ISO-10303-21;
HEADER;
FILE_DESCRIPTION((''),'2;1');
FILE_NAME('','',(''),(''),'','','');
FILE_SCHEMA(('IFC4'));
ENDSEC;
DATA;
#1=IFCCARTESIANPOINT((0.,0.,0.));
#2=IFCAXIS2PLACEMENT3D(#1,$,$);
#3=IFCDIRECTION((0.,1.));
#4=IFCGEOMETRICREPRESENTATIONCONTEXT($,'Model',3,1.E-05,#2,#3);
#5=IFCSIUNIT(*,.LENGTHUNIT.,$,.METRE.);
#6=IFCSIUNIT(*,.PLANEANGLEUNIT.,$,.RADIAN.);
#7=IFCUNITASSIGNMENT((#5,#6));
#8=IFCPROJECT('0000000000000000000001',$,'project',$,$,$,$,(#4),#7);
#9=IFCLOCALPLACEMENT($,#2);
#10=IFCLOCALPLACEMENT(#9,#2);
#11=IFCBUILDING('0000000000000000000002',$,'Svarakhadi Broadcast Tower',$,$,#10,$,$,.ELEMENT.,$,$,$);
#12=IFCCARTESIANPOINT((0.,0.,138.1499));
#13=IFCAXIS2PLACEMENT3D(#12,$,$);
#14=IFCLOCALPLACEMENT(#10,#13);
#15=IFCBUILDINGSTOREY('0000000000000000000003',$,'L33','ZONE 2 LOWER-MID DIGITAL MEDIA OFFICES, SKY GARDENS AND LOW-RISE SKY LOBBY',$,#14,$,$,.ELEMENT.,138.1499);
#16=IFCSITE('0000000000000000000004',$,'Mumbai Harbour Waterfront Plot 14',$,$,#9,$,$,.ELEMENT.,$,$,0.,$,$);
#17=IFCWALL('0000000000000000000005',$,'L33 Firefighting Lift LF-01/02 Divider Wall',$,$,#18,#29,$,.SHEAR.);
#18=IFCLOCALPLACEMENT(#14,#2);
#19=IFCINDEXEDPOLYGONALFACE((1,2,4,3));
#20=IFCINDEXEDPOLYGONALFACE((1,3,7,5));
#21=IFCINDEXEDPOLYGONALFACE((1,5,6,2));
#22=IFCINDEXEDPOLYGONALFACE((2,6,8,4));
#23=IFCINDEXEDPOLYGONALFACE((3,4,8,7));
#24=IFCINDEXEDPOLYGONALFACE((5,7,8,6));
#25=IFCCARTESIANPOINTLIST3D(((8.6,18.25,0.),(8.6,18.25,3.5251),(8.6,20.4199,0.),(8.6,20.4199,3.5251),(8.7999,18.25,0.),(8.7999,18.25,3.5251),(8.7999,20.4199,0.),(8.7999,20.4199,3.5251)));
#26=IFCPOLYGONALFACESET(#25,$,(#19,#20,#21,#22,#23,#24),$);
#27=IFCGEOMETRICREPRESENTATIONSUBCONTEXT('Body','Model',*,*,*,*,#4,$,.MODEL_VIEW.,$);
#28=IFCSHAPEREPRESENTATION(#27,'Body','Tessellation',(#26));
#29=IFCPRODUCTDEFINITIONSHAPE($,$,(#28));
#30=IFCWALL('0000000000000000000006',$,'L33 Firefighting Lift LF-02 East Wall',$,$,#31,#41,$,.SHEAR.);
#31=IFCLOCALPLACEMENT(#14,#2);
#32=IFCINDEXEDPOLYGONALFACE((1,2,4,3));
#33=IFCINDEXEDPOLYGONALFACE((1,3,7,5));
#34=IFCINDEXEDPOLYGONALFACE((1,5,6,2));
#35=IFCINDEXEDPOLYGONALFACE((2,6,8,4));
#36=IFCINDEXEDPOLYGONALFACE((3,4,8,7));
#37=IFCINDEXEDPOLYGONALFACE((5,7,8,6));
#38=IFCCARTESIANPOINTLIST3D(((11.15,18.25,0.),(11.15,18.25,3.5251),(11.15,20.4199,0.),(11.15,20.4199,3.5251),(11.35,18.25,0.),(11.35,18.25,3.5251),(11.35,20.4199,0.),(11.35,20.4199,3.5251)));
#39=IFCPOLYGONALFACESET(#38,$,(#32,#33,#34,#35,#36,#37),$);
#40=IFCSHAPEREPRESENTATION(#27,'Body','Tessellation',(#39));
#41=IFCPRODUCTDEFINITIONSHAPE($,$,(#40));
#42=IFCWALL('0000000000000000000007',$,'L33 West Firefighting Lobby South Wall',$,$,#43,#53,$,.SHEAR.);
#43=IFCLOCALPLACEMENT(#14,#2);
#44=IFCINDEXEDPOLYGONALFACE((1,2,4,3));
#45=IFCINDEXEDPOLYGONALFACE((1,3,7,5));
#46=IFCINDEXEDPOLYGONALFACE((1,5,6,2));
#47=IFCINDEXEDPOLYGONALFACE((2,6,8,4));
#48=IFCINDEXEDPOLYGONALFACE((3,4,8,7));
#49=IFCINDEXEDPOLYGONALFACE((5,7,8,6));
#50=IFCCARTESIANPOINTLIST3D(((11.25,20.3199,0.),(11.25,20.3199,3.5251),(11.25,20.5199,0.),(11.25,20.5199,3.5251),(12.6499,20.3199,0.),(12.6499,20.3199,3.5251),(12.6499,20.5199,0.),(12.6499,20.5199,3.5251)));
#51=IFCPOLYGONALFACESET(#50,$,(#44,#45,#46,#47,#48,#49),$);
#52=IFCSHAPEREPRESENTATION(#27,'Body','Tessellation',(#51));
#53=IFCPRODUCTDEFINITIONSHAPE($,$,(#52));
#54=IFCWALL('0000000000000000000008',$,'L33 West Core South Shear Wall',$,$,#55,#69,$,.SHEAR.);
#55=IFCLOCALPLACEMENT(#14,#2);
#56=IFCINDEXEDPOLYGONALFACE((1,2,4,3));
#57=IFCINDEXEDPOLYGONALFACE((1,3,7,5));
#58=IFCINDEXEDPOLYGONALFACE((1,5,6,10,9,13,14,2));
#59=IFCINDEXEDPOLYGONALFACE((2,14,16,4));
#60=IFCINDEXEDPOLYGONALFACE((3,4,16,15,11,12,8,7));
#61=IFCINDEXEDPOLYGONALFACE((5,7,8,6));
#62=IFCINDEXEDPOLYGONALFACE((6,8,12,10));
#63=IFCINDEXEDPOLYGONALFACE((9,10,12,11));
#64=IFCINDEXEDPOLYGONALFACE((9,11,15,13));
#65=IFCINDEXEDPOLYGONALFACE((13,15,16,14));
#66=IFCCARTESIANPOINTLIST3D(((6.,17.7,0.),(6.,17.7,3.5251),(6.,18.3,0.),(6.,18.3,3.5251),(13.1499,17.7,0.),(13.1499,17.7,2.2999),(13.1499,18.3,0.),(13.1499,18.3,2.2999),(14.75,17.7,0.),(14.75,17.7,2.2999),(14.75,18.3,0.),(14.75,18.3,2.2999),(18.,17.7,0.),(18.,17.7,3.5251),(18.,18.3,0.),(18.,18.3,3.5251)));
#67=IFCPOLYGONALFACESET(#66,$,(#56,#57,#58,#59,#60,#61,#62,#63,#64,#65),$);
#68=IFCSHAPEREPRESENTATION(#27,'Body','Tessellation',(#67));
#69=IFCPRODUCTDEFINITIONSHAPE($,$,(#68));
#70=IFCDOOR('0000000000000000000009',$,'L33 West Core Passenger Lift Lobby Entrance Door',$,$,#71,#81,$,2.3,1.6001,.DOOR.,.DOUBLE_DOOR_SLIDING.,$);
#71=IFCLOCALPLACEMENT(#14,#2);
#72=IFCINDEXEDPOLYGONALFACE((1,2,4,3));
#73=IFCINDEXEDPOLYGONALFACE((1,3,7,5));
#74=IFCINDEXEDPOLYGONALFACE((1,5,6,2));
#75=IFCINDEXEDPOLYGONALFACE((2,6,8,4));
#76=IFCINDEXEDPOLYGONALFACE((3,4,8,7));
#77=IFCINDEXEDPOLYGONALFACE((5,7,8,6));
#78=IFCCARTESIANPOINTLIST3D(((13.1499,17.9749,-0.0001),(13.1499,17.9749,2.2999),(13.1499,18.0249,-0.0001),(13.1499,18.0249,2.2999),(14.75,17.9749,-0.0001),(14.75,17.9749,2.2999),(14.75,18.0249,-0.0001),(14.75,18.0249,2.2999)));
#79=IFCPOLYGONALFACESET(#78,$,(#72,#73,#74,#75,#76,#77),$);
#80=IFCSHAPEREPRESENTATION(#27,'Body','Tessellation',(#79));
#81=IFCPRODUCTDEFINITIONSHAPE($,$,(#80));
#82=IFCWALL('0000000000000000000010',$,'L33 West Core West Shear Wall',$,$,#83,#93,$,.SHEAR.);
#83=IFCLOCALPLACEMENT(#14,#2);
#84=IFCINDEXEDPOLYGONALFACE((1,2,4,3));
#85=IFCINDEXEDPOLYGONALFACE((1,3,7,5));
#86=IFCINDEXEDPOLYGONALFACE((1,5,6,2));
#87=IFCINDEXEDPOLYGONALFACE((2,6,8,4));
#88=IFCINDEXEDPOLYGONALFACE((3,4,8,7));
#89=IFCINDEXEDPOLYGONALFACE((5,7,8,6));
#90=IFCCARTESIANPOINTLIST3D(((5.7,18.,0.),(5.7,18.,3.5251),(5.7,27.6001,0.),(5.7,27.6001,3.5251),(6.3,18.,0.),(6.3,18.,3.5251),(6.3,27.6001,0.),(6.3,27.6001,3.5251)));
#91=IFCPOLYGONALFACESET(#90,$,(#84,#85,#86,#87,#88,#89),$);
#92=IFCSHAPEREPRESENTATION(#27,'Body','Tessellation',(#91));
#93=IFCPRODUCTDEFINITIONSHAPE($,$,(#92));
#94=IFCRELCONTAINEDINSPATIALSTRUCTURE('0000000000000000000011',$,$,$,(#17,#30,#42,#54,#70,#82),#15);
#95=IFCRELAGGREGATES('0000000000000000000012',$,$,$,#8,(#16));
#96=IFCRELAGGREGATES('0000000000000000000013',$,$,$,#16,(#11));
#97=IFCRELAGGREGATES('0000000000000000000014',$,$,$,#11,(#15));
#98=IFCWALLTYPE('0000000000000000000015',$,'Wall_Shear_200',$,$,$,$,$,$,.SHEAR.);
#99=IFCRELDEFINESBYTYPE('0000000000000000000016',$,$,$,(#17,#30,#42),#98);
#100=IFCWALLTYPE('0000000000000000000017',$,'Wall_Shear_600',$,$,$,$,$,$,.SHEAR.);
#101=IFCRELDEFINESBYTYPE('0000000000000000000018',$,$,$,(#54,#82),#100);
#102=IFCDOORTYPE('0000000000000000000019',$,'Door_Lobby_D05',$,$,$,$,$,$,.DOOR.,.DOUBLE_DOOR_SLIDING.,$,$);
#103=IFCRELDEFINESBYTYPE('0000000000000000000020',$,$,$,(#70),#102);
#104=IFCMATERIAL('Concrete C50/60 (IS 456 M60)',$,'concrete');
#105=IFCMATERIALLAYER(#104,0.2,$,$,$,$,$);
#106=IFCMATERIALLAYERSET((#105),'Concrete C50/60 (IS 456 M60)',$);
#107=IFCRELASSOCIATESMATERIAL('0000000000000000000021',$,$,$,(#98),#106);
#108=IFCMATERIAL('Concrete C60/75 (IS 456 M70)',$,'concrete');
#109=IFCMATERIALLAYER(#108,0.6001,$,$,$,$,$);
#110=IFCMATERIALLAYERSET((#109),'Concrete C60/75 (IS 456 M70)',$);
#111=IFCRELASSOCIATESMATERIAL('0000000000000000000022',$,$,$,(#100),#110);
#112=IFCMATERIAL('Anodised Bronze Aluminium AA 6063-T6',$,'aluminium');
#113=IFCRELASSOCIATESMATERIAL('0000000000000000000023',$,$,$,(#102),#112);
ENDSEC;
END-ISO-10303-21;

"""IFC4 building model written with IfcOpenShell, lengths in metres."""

from ifc_helpers import new_model, si_unit, direction, frame, frame_2d, origin, place, context, subcontext, project, spatial, rectangle, extrude, material, layer, layer_set, type_object, element, fill, save


model = new_model("IFC4")

# Units and contexts
model_context = context("Model", 3, precision=1e-05, world=origin(), true_north=direction((0.0, 1.0)))
body_context = subcontext(model_context, "Body", "Model", "MODEL_VIEW")
ifc_project = project(units=[si_unit("LENGTHUNIT", "METRE"), si_unit("PLANEANGLEUNIT", "RADIAN")], contexts=[model_context])

# Site, building, storey
site_placement = place(None, origin())
site = spatial("IfcSite", under=ifc_project, at=site_placement, Name="Mumbai Harbour Waterfront Plot 14", CompositionType="ELEMENT", RefElevation=0.0)
building_placement = place(site_placement, origin())
building = spatial("IfcBuilding", under=site, at=building_placement, Name="Svarakhadi Broadcast Tower", CompositionType="ELEMENT")
storey_placement = place(building_placement, frame((0.0, 0.0, 138.1499)))
storey = spatial("IfcBuildingStorey", under=building, at=storey_placement, Name="L33", Description="ZONE 2 LOWER-MID DIGITAL MEDIA OFFICES, SKY GARDENS AND LOW-RISE SKY LOBBY", CompositionType="ELEMENT", Elevation=138.1499)

# Shared definitions
ifc_material_1 = material(Name="Concrete C50/60 (IS 456 M60)", Category="concrete")

# Shared definitions
ifc_layer_1 = layer(ifc_material_1, 0.2)
ifc_layer_set_1 = layer_set([ifc_layer_1], Name="Concrete C50/60 (IS 456 M60)")
wall_type_1 = type_object("IfcWallType", Name="Wall_Shear_200", PredefinedType="SHEAR", material=ifc_layer_set_1)

# Walls
for number, where, z_axis, x_axis, name in (
    (1, (8.7, 18.25, 0.0), (0.0, 0.0, 1.0), (0.0, 1.0, 0.0), "L33 Firefighting Lift LF-01/02 Divider Wall"),
    (2, (11.25, 18.25, 0.0), (0.0, 0.0, 1.0), (0.0, 1.0, 0.0), "L33 Firefighting Lift LF-02 East Wall"),
):
    element("IfcWall", number, at=place(storey_placement, frame(where, z_axis=z_axis, x_axis=x_axis)), inside=storey, type_object=wall_type_1, Name=name, PredefinedType="SHEAR", context=body_context, shape_type="SweptSolid", body=[
        extrude(rectangle(XDim=2.1699, YDim=0.2, at=frame_2d((1.085, 0.0))), origin(), (0.0, 0.0, 1.0), 3.5251),
    ])
wall_1_placement = place(storey_placement, frame((11.25, 20.4199, 0.0), z_axis=(0.0, 0.0, 1.0), x_axis=(1.0, 0.0, 0.0)))
element("IfcWall", 3, at=wall_1_placement, inside=storey, type_object=wall_type_1, Name="L33 West Firefighting Lobby South Wall", PredefinedType="SHEAR", context=body_context, shape_type="SweptSolid", body=[
    extrude(rectangle(XDim=1.3999, YDim=0.2, at=frame_2d((0.7, 0.0))), origin(), (0.0, 0.0, 1.0), 3.5251),
])

# Wall, opening, door
ifc_material_2 = material(Name="Concrete C60/75 (IS 456 M70)", Category="concrete")
ifc_layer_2 = layer(ifc_material_2, 0.6001)
ifc_layer_set_2 = layer_set([ifc_layer_2], Name="Concrete C60/75 (IS 456 M70)")
wall_type_2 = type_object("IfcWallType", Name="Wall_Shear_600", PredefinedType="SHEAR", material=ifc_layer_set_2)
wall_2_placement = place(storey_placement, frame((6.0, 18.0, 0.0), z_axis=(0.0, 0.0, 1.0), x_axis=(1.0, 0.0, 0.0)))
wall_2 = element("IfcWall", 4, at=wall_2_placement, inside=storey, type_object=wall_type_2, Name="L33 West Core South Shear Wall", PredefinedType="SHEAR", context=body_context, shape_type="SweptSolid", body=[
    extrude(rectangle(XDim=12.0, YDim=0.6001, at=frame_2d((6.0, 0.0))), origin(), (0.0, 0.0, 1.0), 3.5251),
])
opening_1_placement = place(wall_2_placement, frame((7.1499, 0.0, 0.0)))
opening_1 = element("IfcOpeningElement", 5, at=opening_1_placement, cuts=wall_2, PredefinedType="OPENING", context=body_context, shape_type="SweptSolid", body=[
    extrude(rectangle(XDim=1.6001, YDim=2.3, at=frame_2d((0.8, 1.1499))), frame((0.0, 0.3101, 0.0), z_axis=(0.0, -1.0, 0.0), x_axis=(1.0, 0.0, 0.0)), (0.0, 0.0, 1.0), 0.6201),
])
ifc_material_3 = material(Name="Anodised Bronze Aluminium AA 6063-T6", Category="aluminium")
door_type_1 = type_object("IfcDoorType", Name="Door_Lobby_D05", OperationType="DOUBLE_DOOR_SLIDING", PredefinedType="DOOR", material=ifc_material_3)
door_1_placement = place(opening_1_placement, origin())
door_1 = element("IfcDoor", 6, at=door_1_placement, inside=storey, type_object=door_type_1, Name="L33 West Core Passenger Lift Lobby Entrance Door", OperationType="DOUBLE_DOOR_SLIDING", OverallHeight=2.3, OverallWidth=1.6001, PredefinedType="DOOR", context=body_context, shape_type="SweptSolid", body=[
    extrude(rectangle(XDim=1.6001, YDim=2.3, at=frame_2d((0.8, 1.1499))), frame((0.0, 0.0249, 0.0), z_axis=(0.0, -1.0, 0.0), x_axis=(1.0, 0.0, 0.0)), (0.0, 0.0, 1.0), 0.05),
])
fill(opening_1, door_1)

# Wall
wall_3_placement = place(storey_placement, frame((6.0, 18.0, 0.0), z_axis=(0.0, 0.0, 1.0), x_axis=(0.0, 1.0, 0.0)))
element("IfcWall", 7, at=wall_3_placement, inside=storey, type_object=wall_type_2, Name="L33 West Core West Shear Wall", PredefinedType="SHEAR", context=body_context, shape_type="SweptSolid", body=[
    extrude(rectangle(XDim=9.6001, YDim=0.6001, at=frame_2d((4.8, 0.0))), origin(), (0.0, 0.0, 1.0), 3.5251),
])

save(model, "model.ifc")
